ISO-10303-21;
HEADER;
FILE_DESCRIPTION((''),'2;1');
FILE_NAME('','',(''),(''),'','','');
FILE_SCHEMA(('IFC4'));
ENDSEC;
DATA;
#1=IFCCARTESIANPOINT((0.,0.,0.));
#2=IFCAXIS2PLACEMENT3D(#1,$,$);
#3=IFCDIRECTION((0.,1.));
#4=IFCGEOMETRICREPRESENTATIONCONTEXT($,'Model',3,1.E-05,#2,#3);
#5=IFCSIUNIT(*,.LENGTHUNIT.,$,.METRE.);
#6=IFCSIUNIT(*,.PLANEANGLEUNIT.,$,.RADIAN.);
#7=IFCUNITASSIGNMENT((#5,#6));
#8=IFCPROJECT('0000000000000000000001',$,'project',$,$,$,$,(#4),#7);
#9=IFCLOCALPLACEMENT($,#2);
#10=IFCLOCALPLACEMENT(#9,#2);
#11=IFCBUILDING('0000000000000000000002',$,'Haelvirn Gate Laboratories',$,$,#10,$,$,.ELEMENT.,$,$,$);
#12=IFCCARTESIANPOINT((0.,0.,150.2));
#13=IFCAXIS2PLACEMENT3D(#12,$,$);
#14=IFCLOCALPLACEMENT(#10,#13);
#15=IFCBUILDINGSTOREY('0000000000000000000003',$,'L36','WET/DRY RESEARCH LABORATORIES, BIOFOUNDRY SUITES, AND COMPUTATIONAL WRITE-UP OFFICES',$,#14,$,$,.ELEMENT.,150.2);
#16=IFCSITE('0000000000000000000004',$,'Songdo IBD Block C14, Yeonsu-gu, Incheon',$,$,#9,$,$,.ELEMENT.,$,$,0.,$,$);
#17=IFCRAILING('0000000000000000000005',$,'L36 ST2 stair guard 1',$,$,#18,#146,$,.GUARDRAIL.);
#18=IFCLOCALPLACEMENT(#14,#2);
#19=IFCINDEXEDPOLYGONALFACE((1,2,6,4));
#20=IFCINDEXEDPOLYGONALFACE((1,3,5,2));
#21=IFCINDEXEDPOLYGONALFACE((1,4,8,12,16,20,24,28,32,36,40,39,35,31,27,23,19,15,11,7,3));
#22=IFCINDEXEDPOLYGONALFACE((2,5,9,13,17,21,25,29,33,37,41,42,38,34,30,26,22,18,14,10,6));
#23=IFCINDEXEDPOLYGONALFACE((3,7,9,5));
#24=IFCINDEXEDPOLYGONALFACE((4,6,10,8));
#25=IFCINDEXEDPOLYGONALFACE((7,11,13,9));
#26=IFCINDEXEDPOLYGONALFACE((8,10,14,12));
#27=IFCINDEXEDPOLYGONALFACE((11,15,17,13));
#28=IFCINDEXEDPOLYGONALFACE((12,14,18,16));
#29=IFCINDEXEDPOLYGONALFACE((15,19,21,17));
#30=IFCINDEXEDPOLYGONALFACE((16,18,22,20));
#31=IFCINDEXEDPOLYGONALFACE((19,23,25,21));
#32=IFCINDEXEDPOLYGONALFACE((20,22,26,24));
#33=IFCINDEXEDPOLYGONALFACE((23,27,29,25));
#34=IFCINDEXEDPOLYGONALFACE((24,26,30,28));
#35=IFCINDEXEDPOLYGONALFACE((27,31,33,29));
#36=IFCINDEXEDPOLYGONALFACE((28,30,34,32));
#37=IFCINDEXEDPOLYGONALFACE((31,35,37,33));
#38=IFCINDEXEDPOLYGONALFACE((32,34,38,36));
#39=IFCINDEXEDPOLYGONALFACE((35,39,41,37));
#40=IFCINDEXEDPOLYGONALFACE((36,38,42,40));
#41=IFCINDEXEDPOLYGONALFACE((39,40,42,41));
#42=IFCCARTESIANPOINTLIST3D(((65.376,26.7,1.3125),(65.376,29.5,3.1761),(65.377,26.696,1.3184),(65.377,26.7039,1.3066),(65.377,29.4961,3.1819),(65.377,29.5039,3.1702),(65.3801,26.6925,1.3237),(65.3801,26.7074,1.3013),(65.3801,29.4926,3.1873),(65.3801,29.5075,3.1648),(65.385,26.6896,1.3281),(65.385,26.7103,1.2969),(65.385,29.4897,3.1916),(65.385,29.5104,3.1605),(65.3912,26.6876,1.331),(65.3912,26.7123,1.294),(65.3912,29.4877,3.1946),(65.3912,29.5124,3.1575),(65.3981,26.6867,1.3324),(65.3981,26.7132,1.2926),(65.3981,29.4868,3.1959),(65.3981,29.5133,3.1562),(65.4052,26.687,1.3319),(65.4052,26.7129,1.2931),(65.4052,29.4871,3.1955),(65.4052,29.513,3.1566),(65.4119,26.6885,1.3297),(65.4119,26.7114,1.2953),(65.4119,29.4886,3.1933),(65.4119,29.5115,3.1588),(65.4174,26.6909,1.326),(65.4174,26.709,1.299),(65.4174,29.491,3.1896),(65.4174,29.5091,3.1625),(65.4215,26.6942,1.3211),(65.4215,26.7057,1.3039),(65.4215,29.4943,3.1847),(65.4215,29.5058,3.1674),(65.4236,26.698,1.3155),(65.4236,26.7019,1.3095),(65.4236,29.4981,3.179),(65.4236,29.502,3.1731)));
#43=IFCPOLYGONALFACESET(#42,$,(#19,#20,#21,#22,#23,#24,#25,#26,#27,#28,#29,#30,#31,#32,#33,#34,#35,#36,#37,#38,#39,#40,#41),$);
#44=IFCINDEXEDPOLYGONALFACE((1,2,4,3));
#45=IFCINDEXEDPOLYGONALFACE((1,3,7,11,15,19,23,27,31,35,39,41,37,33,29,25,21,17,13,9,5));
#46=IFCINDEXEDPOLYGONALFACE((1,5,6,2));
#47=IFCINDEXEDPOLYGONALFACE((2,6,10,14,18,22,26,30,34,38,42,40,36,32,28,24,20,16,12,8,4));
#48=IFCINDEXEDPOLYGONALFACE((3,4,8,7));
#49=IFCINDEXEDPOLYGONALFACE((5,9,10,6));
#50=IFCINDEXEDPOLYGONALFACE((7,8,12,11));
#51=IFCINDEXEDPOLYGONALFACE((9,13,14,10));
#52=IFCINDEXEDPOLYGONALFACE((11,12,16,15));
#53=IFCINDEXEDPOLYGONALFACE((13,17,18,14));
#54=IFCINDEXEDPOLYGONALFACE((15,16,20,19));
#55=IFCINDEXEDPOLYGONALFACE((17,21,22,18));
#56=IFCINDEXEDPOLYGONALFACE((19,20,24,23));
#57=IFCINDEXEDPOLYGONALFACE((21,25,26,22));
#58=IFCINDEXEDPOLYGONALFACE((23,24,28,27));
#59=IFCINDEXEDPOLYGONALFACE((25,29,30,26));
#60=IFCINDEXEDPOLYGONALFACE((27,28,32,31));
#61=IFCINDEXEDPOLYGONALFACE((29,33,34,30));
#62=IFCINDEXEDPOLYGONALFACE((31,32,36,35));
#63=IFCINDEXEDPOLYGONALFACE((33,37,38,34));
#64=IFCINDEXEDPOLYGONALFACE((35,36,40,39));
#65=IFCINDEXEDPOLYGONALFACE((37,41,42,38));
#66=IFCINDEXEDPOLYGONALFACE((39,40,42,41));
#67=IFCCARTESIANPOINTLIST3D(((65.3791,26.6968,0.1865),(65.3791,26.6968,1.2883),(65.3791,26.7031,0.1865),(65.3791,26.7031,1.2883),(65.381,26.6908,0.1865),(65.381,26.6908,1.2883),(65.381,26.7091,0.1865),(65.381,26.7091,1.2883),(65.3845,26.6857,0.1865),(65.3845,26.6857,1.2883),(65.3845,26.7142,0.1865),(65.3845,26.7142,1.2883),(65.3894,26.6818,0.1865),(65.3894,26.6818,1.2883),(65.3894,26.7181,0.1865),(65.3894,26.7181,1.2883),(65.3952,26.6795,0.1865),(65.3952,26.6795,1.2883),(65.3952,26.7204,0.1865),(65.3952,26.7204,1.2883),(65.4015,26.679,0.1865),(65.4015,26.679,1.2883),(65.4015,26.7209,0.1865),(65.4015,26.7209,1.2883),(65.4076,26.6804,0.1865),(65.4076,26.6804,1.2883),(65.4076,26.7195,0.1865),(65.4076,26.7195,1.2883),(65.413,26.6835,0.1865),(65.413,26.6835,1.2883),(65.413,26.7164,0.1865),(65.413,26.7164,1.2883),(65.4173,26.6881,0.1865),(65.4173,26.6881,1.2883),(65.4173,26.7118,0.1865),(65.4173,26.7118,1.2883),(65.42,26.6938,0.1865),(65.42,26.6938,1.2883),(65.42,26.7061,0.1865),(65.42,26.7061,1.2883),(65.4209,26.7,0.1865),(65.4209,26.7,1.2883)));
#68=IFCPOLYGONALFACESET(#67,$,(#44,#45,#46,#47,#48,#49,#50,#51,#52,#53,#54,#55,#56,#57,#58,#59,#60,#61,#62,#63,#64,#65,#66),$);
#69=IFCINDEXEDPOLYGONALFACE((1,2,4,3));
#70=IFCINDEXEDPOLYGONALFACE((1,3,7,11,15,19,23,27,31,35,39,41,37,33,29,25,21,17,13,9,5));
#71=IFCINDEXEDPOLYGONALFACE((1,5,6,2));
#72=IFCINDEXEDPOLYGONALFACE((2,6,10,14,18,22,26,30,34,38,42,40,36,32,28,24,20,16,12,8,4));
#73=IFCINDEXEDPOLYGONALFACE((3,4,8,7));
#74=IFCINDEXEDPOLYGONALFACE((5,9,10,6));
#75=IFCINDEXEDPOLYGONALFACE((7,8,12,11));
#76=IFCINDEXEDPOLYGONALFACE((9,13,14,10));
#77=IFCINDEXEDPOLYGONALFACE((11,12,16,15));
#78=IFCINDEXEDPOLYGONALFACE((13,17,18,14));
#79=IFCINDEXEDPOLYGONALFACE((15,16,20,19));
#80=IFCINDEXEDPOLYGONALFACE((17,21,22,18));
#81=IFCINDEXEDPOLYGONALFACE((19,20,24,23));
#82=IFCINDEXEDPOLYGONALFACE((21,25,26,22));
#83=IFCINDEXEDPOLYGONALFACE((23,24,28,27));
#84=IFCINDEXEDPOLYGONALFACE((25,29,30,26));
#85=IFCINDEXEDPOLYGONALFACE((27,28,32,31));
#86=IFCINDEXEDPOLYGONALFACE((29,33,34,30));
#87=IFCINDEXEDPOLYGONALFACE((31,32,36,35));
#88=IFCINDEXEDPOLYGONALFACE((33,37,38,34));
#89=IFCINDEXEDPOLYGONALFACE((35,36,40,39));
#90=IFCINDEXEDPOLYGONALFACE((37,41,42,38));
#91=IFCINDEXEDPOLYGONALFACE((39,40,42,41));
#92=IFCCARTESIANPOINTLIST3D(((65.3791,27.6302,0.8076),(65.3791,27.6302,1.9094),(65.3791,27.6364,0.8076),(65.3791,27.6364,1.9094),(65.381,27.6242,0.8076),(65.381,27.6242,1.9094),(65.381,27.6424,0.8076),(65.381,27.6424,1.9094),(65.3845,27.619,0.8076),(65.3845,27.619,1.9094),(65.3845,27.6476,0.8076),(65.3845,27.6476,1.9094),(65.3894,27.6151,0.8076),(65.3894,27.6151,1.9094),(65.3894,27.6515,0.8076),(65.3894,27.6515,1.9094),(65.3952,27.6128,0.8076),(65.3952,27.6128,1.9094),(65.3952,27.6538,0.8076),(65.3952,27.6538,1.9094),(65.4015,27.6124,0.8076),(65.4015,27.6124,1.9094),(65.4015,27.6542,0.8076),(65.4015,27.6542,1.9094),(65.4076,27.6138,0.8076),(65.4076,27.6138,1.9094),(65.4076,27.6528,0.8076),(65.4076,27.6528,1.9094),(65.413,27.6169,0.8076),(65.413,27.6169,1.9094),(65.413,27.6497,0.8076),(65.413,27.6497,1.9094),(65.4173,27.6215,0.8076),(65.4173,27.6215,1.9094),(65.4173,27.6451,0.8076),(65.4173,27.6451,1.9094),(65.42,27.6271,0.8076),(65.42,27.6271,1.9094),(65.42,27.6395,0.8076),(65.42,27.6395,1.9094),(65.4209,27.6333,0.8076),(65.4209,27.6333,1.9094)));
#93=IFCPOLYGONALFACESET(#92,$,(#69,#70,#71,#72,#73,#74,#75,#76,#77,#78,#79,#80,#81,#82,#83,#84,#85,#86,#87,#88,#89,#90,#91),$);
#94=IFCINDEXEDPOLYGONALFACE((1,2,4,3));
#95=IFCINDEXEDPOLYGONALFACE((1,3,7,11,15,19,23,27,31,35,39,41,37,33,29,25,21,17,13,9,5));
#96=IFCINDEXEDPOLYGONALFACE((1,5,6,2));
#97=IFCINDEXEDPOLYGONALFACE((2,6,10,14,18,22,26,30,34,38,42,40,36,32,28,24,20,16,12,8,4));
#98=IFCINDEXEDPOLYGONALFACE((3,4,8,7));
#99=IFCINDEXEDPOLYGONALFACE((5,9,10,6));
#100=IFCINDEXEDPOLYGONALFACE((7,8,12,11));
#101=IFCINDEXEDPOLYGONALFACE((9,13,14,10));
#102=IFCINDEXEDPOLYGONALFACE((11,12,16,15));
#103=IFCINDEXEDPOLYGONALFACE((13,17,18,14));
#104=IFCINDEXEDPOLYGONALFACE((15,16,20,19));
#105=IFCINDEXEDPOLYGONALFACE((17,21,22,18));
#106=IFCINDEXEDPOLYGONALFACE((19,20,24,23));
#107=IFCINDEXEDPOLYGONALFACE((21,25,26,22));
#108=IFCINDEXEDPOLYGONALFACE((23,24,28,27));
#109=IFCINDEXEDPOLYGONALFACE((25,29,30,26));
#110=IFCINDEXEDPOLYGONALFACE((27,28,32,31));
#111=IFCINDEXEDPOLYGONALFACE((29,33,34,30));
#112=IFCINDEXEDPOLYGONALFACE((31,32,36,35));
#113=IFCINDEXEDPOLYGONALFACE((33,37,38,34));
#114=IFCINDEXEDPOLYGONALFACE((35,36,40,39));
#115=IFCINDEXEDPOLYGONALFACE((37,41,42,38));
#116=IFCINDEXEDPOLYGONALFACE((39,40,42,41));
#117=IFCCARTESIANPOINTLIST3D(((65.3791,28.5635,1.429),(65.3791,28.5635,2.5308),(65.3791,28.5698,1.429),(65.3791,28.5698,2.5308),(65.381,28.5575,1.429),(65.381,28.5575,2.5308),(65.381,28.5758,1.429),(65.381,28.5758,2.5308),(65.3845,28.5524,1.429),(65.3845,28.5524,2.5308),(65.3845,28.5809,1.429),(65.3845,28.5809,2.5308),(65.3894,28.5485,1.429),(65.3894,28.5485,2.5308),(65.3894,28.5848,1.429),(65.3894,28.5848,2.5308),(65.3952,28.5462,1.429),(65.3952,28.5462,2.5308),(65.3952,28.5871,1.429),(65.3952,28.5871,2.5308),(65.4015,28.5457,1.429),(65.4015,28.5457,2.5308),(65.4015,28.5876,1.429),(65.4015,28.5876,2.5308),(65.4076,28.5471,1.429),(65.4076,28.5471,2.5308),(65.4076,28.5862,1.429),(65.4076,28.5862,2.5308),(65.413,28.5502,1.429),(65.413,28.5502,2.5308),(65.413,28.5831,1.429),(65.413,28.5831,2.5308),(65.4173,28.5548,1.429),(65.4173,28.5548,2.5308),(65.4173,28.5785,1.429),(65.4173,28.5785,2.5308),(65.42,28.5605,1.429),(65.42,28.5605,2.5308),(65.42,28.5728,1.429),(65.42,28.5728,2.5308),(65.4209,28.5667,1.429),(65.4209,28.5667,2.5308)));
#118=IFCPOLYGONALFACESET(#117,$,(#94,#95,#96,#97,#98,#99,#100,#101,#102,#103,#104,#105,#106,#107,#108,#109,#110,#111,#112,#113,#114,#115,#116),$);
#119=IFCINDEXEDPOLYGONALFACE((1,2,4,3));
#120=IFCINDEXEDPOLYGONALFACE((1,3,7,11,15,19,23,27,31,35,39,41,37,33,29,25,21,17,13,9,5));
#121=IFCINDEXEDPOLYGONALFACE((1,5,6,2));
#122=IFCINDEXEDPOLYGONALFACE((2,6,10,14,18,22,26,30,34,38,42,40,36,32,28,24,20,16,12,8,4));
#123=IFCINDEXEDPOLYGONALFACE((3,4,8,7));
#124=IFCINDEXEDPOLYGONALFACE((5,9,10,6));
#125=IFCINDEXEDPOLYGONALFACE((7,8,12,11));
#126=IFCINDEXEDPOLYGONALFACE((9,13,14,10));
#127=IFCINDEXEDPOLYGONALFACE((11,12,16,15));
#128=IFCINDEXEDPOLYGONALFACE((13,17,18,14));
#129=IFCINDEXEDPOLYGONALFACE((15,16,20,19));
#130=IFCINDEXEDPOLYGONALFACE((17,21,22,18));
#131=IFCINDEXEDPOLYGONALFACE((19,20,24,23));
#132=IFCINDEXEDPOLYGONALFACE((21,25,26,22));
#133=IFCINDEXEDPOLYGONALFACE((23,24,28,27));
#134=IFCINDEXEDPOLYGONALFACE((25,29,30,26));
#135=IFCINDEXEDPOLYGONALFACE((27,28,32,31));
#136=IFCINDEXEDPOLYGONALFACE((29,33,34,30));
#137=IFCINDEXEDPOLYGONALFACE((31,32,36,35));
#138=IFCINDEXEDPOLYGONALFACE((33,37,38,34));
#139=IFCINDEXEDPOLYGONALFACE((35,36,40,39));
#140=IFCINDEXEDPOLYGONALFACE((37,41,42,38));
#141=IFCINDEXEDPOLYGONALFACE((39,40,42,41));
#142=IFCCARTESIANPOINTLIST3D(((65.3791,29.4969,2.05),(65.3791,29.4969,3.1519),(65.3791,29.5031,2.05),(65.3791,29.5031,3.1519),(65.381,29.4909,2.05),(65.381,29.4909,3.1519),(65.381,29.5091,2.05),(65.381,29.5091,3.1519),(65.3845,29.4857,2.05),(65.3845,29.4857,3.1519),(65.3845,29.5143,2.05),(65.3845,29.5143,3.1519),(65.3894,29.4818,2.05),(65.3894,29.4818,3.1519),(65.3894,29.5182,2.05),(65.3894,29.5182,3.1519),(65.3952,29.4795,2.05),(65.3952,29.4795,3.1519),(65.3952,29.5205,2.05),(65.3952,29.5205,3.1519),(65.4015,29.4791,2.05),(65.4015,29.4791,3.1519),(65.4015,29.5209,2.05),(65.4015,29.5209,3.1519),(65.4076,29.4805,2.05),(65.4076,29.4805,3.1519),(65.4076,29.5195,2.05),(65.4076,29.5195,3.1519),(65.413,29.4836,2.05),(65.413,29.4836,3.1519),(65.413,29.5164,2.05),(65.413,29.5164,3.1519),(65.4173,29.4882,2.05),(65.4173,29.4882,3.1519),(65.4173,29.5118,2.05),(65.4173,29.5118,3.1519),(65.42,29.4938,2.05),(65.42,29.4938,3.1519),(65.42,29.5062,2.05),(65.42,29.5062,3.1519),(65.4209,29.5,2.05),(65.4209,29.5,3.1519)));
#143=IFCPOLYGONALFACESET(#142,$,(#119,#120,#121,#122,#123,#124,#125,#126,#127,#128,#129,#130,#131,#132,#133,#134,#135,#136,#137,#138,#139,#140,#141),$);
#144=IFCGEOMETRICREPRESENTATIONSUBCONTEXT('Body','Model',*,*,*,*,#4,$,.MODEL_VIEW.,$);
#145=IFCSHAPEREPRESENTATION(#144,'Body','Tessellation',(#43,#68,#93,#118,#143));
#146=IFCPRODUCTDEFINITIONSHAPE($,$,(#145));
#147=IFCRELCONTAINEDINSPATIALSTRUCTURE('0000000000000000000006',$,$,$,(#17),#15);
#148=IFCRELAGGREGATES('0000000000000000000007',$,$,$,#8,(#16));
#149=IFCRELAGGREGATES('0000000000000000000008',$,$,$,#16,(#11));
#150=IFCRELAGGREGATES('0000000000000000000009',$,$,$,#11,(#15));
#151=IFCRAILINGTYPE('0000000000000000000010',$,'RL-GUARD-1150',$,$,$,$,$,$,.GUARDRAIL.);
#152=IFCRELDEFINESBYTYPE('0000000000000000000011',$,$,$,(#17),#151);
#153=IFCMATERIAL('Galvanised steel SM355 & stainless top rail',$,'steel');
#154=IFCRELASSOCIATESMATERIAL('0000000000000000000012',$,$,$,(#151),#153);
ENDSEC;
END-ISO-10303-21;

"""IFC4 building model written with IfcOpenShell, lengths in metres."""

from ifc_helpers import new_model, si_unit, direction, frame, origin, origin_2d, place, context, subcontext, project, spatial, circle, extrude, source, transform, mapped, material, type_object, element, save


model = new_model("IFC4")

# Units and contexts
model_context = context("Model", 3, precision=1e-05, world=origin(), true_north=direction((0.0, 1.0)))
body_context = subcontext(model_context, "Body", "Model", "MODEL_VIEW")
ifc_project = project(units=[si_unit("LENGTHUNIT", "METRE"), si_unit("PLANEANGLEUNIT", "RADIAN")], contexts=[model_context])

# Site, building, storey
site_placement = place(None, origin())
site = spatial("IfcSite", under=ifc_project, at=site_placement, Name="Songdo IBD Block C14, Yeonsu-gu, Incheon", CompositionType="ELEMENT", RefElevation=0.0)
building_placement = place(site_placement, origin())
building = spatial("IfcBuilding", under=site, at=building_placement, Name="Haelvirn Gate Laboratories", CompositionType="ELEMENT")
storey_placement = place(building_placement, frame((0.0, 0.0, 150.2)))
storey = spatial("IfcBuildingStorey", under=building, at=storey_placement, Name="L36", Description="WET/DRY RESEARCH LABORATORIES, BIOFOUNDRY SUITES, AND COMPUTATIONAL WRITE-UP OFFICES", CompositionType="ELEMENT", Elevation=150.2)

# Railing
ifc_material_1 = material(Name="Galvanised steel SM355 & stainless top rail", Category="steel")
railing_type_1 = type_object("IfcRailingType", Name="RL-GUARD-1150", PredefinedType="GUARDRAIL", material=ifc_material_1)
shared_shape_1 = source(origin(), body_context, "Body", "SweptSolid", [
    extrude(circle(Radius=0.0239, at=origin_2d()), frame((0.0, 0.0, 1.126), z_axis=(0.0, 0.832486, 0.554047), x_axis=(-1.0, 0.0, 0.0)), (0.0, 0.0, 1.0), 3.3635),
    extrude(circle(Radius=0.021, at=origin_2d()), origin(), (0.0, 0.0, 1.0), 1.1018),
    extrude(circle(Radius=0.021, at=origin_2d()), frame((0.0, 0.9333, 0.6211)), (0.0, 0.0, 1.0), 1.1018),
    extrude(circle(Radius=0.021, at=origin_2d()), frame((0.0, 1.8667, 1.2424)), (0.0, 0.0, 1.0), 1.1018),
    extrude(circle(Radius=0.021, at=origin_2d()), frame((0.0, 2.8, 1.8635)), (0.0, 0.0, 1.0), 1.1018),
])
railing_1_placement = place(storey_placement, frame((65.3999, 26.7, 0.1865)))
element("IfcRailing", 1, at=railing_1_placement, inside=storey, type_object=railing_type_1, Name="L36 ST2 stair guard 1", PredefinedType="GUARDRAIL", context=body_context, shape_type="MappedRepresentation", body=[
    mapped(shared_shape_1, transform((0.0, 0.0, 0.0), scale=1.0)),
])

save(model, "model.ifc")
